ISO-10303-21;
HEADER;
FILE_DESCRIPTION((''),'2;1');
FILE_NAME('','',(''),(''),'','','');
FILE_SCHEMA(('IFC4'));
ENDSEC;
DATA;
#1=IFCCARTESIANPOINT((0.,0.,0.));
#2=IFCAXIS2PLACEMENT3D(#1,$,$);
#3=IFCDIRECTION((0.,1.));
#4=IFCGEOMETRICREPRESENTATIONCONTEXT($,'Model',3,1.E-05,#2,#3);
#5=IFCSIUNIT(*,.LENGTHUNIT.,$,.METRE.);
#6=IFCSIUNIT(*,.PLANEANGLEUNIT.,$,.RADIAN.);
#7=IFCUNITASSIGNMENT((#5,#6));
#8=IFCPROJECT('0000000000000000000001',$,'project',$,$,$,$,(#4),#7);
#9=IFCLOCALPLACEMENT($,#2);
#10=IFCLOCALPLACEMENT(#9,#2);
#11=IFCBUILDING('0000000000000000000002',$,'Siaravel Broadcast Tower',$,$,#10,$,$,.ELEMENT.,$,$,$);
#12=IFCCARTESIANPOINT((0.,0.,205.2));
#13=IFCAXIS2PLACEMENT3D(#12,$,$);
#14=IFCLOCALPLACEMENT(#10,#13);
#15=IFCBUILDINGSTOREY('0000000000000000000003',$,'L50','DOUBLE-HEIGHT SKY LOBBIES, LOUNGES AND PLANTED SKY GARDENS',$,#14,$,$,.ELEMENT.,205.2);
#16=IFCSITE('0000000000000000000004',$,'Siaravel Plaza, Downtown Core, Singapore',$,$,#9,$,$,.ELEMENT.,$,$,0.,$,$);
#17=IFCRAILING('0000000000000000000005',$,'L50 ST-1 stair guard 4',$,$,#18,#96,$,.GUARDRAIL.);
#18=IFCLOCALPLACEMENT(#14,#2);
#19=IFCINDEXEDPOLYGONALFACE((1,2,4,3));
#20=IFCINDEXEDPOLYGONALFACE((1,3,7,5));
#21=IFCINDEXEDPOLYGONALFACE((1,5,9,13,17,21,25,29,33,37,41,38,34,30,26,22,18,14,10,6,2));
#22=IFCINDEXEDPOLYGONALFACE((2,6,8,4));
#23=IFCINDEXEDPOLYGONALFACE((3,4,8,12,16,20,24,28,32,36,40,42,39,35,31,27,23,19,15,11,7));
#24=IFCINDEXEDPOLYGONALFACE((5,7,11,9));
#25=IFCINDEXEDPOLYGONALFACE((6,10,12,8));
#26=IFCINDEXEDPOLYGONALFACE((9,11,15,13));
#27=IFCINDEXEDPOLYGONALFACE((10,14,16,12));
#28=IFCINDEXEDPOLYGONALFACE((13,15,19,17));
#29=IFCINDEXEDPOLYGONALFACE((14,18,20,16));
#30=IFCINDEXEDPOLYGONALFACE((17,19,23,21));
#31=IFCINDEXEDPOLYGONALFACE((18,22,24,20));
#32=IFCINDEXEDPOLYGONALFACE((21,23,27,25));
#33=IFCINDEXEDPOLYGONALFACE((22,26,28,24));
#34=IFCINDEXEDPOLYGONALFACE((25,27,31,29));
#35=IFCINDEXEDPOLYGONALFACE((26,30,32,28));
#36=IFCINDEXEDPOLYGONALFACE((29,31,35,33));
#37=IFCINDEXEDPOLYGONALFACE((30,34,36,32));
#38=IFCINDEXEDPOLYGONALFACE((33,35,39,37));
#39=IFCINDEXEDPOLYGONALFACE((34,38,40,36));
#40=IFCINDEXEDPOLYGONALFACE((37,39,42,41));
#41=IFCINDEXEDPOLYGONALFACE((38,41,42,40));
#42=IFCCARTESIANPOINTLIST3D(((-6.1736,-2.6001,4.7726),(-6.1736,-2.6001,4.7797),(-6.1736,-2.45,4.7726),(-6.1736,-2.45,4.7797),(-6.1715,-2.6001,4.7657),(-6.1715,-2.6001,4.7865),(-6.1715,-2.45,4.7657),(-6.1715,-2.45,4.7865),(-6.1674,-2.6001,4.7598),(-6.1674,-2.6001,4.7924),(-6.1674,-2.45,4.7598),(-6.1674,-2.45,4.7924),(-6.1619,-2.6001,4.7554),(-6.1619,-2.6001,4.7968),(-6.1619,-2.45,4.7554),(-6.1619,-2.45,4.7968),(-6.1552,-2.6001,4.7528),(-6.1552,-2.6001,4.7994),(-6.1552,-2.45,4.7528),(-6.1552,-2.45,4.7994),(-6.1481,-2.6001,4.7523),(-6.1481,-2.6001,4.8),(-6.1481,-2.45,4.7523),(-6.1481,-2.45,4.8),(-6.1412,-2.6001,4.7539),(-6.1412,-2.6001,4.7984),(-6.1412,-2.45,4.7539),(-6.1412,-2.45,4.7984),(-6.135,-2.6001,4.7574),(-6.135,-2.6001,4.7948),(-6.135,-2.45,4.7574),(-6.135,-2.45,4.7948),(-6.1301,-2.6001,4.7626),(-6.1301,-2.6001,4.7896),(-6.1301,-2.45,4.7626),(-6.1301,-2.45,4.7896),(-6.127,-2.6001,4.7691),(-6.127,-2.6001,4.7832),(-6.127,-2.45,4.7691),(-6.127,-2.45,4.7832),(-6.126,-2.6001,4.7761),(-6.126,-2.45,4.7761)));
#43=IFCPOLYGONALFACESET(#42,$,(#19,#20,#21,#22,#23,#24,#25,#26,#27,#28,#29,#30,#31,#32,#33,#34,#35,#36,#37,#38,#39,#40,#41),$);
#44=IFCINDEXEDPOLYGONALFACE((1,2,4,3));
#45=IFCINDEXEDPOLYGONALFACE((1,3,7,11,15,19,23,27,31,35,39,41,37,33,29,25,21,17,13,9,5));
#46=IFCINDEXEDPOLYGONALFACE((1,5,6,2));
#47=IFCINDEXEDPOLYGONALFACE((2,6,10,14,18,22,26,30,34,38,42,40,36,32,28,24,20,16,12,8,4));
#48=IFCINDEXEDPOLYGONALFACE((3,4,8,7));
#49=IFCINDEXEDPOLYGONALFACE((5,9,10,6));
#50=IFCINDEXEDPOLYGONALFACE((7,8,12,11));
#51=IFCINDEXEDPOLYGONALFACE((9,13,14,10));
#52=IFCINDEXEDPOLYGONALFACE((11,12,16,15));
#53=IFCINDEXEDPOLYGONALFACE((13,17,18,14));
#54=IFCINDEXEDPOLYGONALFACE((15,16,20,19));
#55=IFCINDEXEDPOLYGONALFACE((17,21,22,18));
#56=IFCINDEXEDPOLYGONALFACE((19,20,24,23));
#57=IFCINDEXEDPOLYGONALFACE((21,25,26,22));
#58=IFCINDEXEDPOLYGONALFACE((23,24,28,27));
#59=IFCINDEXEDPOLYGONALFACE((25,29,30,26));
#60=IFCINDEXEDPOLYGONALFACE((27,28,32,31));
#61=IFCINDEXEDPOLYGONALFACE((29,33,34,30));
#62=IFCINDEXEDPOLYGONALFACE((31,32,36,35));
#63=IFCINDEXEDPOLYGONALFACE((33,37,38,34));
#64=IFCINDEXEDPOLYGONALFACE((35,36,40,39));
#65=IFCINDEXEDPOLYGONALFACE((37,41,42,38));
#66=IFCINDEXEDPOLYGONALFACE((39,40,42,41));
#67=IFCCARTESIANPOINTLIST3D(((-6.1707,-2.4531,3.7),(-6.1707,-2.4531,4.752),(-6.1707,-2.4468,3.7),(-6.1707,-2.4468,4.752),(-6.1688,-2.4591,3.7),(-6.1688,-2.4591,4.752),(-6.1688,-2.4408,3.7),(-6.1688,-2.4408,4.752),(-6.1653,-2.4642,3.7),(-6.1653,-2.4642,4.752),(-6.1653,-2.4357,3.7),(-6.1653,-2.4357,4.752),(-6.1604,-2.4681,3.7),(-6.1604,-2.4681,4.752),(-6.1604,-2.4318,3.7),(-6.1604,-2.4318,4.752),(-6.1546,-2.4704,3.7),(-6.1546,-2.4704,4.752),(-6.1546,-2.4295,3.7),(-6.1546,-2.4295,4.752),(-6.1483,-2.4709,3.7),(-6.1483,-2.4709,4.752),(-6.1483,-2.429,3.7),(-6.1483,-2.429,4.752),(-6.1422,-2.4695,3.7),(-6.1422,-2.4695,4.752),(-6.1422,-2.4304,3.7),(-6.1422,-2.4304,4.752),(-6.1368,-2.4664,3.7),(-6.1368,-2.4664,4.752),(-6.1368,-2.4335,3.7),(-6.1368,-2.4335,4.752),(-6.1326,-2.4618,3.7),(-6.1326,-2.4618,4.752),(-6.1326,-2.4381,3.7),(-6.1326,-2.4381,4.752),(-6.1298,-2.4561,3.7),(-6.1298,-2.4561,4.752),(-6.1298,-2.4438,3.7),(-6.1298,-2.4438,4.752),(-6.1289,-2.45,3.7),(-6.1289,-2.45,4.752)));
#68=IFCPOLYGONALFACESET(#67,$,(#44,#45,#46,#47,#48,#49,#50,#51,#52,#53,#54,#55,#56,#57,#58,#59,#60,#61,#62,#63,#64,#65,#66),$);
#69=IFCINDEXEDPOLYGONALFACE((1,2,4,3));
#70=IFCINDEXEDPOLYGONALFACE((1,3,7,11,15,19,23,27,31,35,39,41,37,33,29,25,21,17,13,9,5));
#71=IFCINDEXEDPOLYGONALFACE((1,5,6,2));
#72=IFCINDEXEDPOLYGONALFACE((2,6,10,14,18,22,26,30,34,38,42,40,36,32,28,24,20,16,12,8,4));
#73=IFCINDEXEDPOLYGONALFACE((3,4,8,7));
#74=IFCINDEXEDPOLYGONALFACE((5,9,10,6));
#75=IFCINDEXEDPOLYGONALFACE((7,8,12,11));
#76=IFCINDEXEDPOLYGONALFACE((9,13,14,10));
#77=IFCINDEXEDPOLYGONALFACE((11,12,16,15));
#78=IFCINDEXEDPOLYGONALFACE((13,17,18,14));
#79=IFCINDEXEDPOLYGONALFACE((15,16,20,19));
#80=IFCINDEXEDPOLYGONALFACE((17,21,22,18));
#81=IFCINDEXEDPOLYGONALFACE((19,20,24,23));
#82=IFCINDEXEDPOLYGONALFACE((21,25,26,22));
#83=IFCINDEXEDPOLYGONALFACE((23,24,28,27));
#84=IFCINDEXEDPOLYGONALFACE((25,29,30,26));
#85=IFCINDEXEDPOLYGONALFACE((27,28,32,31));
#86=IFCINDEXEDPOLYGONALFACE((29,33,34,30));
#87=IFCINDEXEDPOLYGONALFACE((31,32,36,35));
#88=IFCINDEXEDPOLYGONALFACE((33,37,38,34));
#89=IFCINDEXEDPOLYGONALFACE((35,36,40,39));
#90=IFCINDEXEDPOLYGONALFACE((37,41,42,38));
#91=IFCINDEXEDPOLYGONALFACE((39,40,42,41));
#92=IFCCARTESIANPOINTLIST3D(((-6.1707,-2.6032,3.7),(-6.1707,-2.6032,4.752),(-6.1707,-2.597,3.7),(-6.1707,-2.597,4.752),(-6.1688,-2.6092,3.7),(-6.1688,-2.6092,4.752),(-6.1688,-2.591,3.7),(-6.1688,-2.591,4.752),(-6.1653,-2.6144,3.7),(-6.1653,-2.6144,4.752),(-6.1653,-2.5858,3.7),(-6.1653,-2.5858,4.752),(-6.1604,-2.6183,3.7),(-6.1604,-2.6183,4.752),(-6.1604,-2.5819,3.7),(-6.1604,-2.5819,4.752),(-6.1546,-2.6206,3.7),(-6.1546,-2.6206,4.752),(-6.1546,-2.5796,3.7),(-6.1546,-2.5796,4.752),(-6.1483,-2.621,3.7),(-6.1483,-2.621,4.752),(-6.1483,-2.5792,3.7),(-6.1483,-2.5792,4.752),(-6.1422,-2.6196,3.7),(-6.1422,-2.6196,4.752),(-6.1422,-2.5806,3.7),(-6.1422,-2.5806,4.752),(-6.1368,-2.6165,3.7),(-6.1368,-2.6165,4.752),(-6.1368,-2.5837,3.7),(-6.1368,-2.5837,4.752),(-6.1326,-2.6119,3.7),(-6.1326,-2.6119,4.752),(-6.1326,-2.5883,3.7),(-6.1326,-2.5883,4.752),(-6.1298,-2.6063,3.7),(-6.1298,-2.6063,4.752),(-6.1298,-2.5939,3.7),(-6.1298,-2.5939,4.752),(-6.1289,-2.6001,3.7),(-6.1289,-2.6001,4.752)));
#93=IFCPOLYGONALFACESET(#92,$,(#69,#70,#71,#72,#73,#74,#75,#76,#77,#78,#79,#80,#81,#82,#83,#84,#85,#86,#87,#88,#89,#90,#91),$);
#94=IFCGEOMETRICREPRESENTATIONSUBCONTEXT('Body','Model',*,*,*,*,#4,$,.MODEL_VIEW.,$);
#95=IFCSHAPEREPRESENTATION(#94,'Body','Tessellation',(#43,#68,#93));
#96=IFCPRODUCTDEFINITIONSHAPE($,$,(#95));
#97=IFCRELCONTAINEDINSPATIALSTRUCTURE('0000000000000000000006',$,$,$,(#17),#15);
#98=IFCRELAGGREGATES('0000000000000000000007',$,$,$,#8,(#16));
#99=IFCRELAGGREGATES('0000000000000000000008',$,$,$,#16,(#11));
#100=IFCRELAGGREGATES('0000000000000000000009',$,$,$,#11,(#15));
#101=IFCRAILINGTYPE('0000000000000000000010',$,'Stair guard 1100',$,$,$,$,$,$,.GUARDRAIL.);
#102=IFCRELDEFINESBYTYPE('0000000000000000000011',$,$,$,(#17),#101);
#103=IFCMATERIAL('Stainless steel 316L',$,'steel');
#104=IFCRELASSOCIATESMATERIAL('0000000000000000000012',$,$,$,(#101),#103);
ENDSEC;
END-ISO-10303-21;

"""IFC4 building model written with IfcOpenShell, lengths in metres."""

from ifc_helpers import new_model, si_unit, direction, frame, origin, origin_2d, place, context, subcontext, project, spatial, circle, extrude, material, type_object, element, save


model = new_model("IFC4")

# Units and contexts
model_context = context("Model", 3, precision=1e-05, world=origin(), true_north=direction((0.0, 1.0)))
body_context = subcontext(model_context, "Body", "Model", "MODEL_VIEW")
ifc_project = project(units=[si_unit("LENGTHUNIT", "METRE"), si_unit("PLANEANGLEUNIT", "RADIAN")], contexts=[model_context])

# Site, building, storey
site_placement = place(None, origin())
site = spatial("IfcSite", under=ifc_project, at=site_placement, Name="Siaravel Plaza, Downtown Core, Singapore", CompositionType="ELEMENT", RefElevation=0.0)
building_placement = place(site_placement, origin())
building = spatial("IfcBuilding", under=site, at=building_placement, Name="Siaravel Broadcast Tower", CompositionType="ELEMENT")
storey_placement = place(building_placement, frame((0.0, 0.0, 205.2)))
storey = spatial("IfcBuildingStorey", under=building, at=storey_placement, Name="L50", Description="DOUBLE-HEIGHT SKY LOBBIES, LOUNGES AND PLANTED SKY GARDENS", CompositionType="ELEMENT", Elevation=205.2)

# Shared definitions
ifc_material_1 = material(Name="Stainless steel 316L", Category="steel")

# Railing
railing_type_1 = type_object("IfcRailingType", Name="Stair guard 1100", PredefinedType="GUARDRAIL", material=ifc_material_1)
railing_1_placement = place(storey_placement, frame((-6.1499, -2.45, 3.7)))
element("IfcRailing", 1, at=railing_1_placement, inside=storey, type_object=railing_type_1, Name="L50 ST-1 stair guard 4", PredefinedType="GUARDRAIL", context=body_context, shape_type="SweptSolid", body=[
    extrude(circle(Radius=0.0239, at=origin_2d()), frame((0.0, 0.0, 1.0762), z_axis=(0.0, -1.0, 0.0), x_axis=(1.0, 0.0, 0.0)), (0.0, 0.0, 1.0), 0.1501),
    extrude(circle(Radius=0.021, at=origin_2d()), origin(), (0.0, 0.0, 1.0), 1.052),
    extrude(circle(Radius=0.021, at=origin_2d()), frame((0.0, -0.1501, 0.0)), (0.0, 0.0, 1.0), 1.052),
])

save(model, "model.ifc")
